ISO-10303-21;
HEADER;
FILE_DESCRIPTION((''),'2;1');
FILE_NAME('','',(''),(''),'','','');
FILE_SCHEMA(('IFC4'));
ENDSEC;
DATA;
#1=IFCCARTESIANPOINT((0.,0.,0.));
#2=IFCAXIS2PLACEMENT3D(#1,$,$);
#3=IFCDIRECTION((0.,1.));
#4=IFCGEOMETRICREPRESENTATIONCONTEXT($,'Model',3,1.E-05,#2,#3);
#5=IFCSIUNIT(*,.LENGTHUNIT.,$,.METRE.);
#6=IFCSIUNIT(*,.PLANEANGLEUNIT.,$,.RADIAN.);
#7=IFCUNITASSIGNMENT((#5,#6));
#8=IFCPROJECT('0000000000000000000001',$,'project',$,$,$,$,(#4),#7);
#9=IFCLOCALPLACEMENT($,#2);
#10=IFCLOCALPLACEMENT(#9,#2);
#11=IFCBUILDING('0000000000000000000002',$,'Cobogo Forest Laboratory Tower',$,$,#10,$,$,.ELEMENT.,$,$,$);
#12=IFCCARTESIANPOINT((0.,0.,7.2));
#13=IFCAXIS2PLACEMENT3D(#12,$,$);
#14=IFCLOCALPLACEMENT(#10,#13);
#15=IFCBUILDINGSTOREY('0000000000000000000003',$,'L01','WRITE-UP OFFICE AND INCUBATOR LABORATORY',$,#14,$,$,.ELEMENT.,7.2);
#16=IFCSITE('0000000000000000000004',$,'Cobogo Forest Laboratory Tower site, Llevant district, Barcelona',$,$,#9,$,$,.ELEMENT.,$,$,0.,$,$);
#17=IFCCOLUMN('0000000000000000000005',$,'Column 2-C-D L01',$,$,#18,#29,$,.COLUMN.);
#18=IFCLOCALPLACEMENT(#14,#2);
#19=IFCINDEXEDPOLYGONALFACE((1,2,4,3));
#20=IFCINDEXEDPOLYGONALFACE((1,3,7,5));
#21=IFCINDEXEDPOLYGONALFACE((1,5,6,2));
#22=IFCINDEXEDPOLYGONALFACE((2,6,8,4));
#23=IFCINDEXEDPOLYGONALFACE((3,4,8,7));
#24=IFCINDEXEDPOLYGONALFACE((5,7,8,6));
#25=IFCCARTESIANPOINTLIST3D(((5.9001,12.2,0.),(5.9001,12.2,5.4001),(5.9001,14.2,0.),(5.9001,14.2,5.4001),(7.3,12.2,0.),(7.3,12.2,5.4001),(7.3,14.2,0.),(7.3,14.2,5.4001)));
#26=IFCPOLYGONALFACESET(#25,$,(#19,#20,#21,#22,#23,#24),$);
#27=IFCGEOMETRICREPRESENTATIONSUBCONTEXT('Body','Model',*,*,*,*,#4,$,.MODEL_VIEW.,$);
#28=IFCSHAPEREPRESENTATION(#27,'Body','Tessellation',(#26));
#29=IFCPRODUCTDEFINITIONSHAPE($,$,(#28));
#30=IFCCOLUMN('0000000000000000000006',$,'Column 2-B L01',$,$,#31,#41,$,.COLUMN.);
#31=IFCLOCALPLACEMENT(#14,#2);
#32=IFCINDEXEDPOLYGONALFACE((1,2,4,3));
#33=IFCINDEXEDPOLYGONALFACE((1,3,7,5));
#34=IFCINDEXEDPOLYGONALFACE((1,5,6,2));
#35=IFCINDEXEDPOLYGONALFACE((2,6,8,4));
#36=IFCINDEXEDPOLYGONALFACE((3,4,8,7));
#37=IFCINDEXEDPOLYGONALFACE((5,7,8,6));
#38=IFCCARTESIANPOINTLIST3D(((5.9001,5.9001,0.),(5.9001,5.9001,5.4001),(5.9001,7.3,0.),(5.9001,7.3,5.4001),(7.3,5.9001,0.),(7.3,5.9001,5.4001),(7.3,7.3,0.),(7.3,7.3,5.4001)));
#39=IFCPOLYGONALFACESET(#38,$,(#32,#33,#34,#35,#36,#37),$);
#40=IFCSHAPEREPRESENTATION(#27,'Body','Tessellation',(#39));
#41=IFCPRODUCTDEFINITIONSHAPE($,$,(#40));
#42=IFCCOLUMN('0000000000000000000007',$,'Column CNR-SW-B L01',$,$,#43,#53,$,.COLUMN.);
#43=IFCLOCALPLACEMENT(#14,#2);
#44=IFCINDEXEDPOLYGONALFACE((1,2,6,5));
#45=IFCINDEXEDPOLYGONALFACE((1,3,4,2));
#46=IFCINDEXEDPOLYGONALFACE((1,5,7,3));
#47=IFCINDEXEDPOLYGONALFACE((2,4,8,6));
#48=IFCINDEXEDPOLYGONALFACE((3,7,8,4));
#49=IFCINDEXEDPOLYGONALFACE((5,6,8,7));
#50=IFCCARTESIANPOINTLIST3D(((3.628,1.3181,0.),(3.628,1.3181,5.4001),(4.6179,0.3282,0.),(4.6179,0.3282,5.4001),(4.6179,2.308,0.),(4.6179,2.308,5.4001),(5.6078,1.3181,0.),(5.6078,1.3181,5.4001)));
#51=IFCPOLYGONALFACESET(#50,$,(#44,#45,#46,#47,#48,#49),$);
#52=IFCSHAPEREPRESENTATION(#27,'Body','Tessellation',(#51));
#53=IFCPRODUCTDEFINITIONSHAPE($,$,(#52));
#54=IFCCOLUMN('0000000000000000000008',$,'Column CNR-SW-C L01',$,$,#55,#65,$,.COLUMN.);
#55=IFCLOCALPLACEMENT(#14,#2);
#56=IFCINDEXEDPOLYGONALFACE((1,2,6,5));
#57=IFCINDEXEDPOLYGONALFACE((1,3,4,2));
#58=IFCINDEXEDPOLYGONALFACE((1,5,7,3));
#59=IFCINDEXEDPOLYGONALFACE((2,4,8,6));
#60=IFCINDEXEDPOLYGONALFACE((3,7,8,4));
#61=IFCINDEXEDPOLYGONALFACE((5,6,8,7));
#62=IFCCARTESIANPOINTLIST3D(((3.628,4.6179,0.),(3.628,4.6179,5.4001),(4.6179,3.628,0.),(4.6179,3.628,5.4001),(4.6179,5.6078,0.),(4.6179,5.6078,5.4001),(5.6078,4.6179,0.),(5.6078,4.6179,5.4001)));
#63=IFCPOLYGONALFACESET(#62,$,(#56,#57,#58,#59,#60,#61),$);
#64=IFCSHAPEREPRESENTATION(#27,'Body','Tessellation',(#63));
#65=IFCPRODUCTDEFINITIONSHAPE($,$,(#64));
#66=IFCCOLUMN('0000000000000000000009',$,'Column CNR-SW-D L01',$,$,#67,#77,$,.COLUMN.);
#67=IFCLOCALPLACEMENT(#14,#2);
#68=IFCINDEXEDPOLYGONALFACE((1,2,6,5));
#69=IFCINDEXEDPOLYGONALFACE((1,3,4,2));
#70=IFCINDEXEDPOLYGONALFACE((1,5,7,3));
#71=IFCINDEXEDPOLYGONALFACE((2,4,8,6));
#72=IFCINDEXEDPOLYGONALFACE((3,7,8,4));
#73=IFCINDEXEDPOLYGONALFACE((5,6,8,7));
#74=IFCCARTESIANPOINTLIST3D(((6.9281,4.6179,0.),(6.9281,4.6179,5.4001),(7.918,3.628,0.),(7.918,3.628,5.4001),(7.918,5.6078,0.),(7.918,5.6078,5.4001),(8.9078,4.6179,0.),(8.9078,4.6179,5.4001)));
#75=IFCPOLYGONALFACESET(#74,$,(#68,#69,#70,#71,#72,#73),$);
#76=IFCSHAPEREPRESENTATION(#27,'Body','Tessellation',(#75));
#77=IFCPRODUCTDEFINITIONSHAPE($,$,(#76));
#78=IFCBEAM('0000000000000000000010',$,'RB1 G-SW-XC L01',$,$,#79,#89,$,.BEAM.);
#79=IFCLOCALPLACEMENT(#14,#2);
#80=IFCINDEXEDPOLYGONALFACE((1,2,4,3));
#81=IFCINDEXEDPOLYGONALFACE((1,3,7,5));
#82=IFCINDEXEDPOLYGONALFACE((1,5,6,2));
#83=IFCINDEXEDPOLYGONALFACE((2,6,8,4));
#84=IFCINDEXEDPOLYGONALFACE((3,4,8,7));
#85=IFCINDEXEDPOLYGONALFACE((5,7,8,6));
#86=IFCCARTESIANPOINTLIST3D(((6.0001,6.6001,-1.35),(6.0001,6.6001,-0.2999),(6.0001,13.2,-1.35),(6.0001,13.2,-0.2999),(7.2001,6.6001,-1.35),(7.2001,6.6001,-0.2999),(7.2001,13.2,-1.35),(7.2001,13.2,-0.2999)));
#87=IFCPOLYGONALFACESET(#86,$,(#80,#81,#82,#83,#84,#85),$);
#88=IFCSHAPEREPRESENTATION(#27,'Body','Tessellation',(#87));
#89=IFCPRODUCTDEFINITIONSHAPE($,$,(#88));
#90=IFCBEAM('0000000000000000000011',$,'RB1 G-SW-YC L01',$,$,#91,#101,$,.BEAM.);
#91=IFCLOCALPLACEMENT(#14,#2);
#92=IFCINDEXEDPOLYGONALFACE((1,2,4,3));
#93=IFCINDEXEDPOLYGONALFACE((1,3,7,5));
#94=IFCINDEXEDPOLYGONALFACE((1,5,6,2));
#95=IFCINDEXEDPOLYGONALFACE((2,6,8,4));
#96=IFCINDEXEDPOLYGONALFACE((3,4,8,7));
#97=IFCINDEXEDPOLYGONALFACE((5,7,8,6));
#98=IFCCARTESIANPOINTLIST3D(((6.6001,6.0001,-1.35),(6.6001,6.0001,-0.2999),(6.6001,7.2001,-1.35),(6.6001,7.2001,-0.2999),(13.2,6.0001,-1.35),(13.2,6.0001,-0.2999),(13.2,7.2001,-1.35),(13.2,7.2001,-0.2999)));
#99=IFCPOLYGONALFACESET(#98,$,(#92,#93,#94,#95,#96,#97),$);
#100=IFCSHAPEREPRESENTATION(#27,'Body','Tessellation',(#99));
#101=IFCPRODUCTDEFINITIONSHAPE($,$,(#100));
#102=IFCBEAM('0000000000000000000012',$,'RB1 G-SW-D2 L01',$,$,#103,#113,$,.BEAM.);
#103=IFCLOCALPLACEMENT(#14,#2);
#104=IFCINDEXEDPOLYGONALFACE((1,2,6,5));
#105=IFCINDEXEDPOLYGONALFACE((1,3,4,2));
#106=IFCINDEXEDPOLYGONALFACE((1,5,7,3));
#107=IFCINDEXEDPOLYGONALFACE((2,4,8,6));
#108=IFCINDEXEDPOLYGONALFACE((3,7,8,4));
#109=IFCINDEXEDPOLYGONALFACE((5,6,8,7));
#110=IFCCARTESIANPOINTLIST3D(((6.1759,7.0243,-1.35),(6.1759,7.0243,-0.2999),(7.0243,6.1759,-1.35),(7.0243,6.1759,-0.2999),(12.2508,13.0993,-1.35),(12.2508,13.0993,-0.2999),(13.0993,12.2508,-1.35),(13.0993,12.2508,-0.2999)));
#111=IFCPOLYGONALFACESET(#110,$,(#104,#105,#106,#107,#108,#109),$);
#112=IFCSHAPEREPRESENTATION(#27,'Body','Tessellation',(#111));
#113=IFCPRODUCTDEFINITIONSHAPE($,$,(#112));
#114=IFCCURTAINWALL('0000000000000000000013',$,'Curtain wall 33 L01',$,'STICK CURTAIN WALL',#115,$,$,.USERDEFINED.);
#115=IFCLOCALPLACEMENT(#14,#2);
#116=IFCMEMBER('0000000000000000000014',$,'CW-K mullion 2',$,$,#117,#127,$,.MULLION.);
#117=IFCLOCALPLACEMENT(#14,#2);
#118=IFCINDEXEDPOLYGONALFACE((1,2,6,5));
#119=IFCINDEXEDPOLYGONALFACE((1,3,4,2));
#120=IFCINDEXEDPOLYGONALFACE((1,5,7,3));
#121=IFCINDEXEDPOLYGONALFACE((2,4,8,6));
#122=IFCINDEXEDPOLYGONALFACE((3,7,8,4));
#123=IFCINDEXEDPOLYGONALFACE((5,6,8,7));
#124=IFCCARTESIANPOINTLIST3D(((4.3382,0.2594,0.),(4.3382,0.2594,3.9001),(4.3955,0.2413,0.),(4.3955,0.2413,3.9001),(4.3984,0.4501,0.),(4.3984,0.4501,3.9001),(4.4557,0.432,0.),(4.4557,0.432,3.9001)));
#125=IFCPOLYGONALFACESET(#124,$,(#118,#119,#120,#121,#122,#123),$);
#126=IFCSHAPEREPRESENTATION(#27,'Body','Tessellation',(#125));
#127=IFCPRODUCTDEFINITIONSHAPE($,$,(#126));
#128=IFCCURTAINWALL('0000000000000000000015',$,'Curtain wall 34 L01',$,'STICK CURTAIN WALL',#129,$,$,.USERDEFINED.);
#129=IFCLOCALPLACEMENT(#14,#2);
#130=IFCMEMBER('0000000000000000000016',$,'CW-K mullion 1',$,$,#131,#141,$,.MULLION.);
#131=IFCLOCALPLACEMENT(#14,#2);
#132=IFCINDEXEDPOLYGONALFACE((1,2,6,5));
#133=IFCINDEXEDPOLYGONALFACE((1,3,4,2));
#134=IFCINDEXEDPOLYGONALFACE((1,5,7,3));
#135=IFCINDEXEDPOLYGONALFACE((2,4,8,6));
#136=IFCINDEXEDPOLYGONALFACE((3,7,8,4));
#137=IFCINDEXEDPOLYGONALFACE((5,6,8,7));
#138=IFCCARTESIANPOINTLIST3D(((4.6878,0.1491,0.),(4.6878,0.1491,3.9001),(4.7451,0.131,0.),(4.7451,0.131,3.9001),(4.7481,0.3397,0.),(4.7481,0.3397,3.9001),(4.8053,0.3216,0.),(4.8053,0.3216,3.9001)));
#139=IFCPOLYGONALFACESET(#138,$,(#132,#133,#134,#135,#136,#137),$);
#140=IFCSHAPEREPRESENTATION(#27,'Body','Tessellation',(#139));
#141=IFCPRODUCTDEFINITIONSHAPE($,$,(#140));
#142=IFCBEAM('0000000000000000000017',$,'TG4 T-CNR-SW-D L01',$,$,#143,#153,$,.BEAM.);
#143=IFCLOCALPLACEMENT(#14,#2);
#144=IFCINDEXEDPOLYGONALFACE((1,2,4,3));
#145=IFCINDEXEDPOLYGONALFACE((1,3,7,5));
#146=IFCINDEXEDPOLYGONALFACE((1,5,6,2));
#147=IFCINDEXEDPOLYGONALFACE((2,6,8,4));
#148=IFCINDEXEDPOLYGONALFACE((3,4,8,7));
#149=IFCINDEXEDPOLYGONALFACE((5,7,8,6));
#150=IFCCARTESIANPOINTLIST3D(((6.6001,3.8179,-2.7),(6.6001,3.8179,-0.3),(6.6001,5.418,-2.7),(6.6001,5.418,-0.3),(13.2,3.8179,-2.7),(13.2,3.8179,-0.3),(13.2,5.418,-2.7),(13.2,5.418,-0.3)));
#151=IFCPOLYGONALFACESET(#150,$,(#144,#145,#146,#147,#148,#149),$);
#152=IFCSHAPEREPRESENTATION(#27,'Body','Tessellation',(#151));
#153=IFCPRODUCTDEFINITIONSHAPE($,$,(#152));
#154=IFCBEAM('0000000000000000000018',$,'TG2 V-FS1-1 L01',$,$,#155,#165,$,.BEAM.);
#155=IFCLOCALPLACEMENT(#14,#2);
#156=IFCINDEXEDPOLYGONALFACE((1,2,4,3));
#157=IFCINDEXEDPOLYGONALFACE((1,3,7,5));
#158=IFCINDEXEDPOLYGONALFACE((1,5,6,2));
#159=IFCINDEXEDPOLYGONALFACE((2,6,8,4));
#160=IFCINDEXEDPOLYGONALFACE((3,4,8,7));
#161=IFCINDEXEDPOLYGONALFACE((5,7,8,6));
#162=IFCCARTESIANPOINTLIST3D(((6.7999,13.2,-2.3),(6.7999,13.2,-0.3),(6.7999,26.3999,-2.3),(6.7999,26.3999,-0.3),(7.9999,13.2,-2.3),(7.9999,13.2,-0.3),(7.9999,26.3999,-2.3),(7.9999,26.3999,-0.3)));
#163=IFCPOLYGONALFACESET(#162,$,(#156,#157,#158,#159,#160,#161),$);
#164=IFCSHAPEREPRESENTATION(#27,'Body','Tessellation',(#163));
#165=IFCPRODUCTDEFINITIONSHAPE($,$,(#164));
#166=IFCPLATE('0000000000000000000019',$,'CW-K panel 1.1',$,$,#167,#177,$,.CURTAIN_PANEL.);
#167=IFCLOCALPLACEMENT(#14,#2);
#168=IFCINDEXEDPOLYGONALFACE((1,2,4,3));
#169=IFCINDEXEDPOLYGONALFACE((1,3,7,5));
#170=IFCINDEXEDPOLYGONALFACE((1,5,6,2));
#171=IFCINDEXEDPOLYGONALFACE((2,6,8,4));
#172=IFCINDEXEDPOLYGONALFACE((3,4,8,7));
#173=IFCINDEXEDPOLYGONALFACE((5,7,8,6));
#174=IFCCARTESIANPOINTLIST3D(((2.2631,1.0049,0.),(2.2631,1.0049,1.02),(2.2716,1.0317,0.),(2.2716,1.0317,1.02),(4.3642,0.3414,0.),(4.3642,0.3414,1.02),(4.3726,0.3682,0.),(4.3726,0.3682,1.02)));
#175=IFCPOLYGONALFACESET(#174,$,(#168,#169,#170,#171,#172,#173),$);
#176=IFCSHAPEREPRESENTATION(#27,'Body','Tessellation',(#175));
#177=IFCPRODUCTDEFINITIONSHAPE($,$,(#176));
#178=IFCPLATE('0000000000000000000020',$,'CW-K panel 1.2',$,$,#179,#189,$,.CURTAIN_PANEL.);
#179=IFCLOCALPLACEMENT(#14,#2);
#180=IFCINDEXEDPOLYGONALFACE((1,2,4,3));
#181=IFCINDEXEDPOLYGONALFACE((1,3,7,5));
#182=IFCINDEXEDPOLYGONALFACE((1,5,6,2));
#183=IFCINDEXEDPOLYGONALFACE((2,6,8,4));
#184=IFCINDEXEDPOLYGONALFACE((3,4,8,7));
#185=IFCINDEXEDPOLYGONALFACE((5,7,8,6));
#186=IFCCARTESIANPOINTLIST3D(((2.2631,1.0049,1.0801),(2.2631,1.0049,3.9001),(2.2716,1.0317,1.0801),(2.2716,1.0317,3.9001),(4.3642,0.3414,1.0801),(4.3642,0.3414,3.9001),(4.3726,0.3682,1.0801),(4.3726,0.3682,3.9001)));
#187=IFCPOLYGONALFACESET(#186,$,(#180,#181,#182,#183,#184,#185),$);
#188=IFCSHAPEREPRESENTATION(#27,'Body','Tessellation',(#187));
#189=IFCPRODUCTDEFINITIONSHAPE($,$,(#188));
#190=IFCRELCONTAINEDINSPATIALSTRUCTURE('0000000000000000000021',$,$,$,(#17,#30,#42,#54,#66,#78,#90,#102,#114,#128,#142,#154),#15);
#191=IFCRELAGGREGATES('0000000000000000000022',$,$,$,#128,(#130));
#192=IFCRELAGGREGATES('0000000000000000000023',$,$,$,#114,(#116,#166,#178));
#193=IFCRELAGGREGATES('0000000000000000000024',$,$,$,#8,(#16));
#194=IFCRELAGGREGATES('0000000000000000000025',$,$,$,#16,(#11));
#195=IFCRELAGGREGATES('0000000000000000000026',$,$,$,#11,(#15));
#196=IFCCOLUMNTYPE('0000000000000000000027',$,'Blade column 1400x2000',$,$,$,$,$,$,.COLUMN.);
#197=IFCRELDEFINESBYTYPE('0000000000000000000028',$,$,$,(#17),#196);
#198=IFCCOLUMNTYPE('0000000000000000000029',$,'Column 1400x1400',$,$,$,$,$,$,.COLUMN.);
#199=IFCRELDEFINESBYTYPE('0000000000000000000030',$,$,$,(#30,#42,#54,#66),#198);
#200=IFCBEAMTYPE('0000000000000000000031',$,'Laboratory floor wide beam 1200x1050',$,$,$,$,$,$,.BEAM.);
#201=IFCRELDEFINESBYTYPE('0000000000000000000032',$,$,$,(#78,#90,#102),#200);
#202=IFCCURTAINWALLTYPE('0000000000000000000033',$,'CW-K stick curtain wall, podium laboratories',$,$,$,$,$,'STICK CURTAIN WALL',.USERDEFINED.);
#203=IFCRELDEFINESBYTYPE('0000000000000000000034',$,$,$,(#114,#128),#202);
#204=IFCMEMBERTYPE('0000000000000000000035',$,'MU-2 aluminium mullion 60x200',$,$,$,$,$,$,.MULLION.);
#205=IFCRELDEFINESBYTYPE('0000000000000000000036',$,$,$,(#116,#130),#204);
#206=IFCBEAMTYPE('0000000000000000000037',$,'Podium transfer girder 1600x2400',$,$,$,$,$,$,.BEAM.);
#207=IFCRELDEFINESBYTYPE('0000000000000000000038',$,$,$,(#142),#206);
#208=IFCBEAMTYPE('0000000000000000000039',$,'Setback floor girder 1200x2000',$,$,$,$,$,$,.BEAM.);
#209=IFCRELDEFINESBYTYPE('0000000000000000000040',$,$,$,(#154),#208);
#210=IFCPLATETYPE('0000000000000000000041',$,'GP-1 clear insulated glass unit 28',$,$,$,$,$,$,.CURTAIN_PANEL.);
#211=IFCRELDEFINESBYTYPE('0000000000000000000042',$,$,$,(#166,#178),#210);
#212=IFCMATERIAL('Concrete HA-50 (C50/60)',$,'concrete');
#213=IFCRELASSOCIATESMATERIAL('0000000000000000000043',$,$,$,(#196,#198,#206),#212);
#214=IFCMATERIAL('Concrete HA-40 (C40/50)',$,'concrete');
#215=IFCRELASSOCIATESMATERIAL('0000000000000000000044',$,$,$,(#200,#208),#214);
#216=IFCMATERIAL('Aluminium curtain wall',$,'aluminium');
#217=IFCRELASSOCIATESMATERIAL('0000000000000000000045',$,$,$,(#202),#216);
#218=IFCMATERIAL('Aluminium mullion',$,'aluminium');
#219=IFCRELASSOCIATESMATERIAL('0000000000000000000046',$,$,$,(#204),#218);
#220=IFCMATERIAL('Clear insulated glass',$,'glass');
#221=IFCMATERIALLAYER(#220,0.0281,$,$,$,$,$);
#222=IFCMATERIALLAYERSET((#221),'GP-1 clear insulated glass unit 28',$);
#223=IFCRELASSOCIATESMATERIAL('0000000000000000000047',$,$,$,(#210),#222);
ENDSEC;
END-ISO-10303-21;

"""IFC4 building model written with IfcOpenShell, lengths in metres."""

from ifc_helpers import new_model, si_unit, direction, frame, origin, origin_2d, place, context, subcontext, project, spatial, rectangle, extrude, material, layer, layer_set, material_profile, profile_set, type_object, element, aggregate, save


model = new_model("IFC4")

# Units and contexts
model_context = context("Model", 3, precision=1e-05, world=origin(), true_north=direction((0.0, 1.0)))
body_context = subcontext(model_context, "Body", "Model", "MODEL_VIEW")
ifc_project = project(units=[si_unit("LENGTHUNIT", "METRE"), si_unit("PLANEANGLEUNIT", "RADIAN")], contexts=[model_context])

# Site, building, storey
site_placement = place(None, origin())
site = spatial("IfcSite", under=ifc_project, at=site_placement, Name="Cobogo Forest Laboratory Tower site, Llevant district, Barcelona", CompositionType="ELEMENT", RefElevation=0.0)
building_placement = place(site_placement, origin())
building = spatial("IfcBuilding", under=site, at=building_placement, Name="Cobogo Forest Laboratory Tower", CompositionType="ELEMENT")
storey_placement = place(building_placement, frame((0.0, 0.0, 7.2)))
storey = spatial("IfcBuildingStorey", under=building, at=storey_placement, Name="L01", Description="WRITE-UP OFFICE AND INCUBATOR LABORATORY", CompositionType="ELEMENT", Elevation=7.2)

# Columns
ifc_material_1 = material(Name="Concrete HA-50 (C50/60)", Category="concrete")
ifc_material_profile_1 = material_profile(ifc_material_1, rectangle(XDim=2.0, YDim=1.3999, at=origin_2d()), Name="RC 1400x2000")
ifc_profile_set_1 = profile_set([ifc_material_profile_1], Name="Concrete HA-50 (C50/60)")
column_type_1 = type_object("IfcColumnType", Name="Blade column 1400x2000", PredefinedType="COLUMN", material=ifc_profile_set_1)
column_placement = place(storey_placement, frame((6.6001, 13.2, 0.0), z_axis=(0.0, 0.0, 1.0), x_axis=(0.0, 1.0, 0.0)))
element("IfcColumn", 1, at=column_placement, inside=storey, type_object=column_type_1, Name="Column 2-C-D L01", PredefinedType="COLUMN", context=body_context, shape_type="SweptSolid", body=[
    extrude(rectangle(XDim=2.0, YDim=1.3999, at=origin_2d()), origin(), (0.0, 0.0, 1.0), 5.4001),
])
ifc_material_profile_2 = material_profile(ifc_material_1, rectangle(XDim=1.3999, YDim=1.3999, at=origin_2d()), Name="RC 1400x1400")
ifc_profile_set_2 = profile_set([ifc_material_profile_2], Name="Concrete HA-50 (C50/60)")
column_type_2 = type_object("IfcColumnType", Name="Column 1400x1400", PredefinedType="COLUMN", material=ifc_profile_set_2)
for number, where, z_axis, x_axis, name in (
    (2, (6.6001, 6.6001, 0.0), (0.0, 0.0, 1.0), (1.0, 0.0, 0.0), "Column 2-B L01"),
    (3, (4.6179, 1.3181, 0.0), (0.0, 0.0, 1.0), (0.707107, 0.707107, 0.0), "Column CNR-SW-B L01"),
    (4, (4.6179, 4.6179, 0.0), (0.0, 0.0, 1.0), (0.707107, 0.707107, 0.0), "Column CNR-SW-C L01"),
    (5, (7.918, 4.6179, 0.0), (0.0, 0.0, 1.0), (0.707107, 0.707107, 0.0), "Column CNR-SW-D L01"),
):
    element("IfcColumn", number, at=place(storey_placement, frame(where, z_axis=z_axis, x_axis=x_axis)), inside=storey, type_object=column_type_2, Name=name, PredefinedType="COLUMN", context=body_context, shape_type="SweptSolid", body=[
        extrude(rectangle(XDim=1.3999, YDim=1.3999, at=origin_2d()), origin(), (0.0, 0.0, 1.0), 5.4001),
    ])

# Beams
ifc_material_2 = material(Name="Concrete HA-40 (C40/50)", Category="concrete")
ifc_material_profile_3 = material_profile(ifc_material_2, rectangle(XDim=1.2, YDim=1.05, at=origin_2d()), Name="RC 1200x1050")
ifc_profile_set_3 = profile_set([ifc_material_profile_3], Name="Concrete HA-40 (C40/50)")
beam_type_1 = type_object("IfcBeamType", Name="Laboratory floor wide beam 1200x1050", PredefinedType="BEAM", material=ifc_profile_set_3)
for number, where, z_axis, x_axis, name in (
    (6, (6.6001, 6.6001, -0.825), (0.0, 1.0, 0.0), (-1.0, 0.0, 0.0), "RB1 G-SW-XC L01"),
    (7, (6.6001, 6.6001, -0.825), (1.0, 0.0, 0.0), (0.0, 1.0, 0.0), "RB1 G-SW-YC L01"),
):
    element("IfcBeam", number, at=place(storey_placement, frame(where, z_axis=z_axis, x_axis=x_axis)), inside=storey, type_object=beam_type_1, Name=name, PredefinedType="BEAM", context=body_context, shape_type="SweptSolid", body=[
        extrude(rectangle(XDim=1.2, YDim=1.05, at=origin_2d()), origin(), (0.0, 0.0, 1.0), 6.5999),
    ])
beam_1_placement = place(storey_placement, frame((6.6001, 6.6001, -0.825), z_axis=(0.707107, 0.707107, 0.0), x_axis=(-0.707107, 0.707107, 0.0)))
element("IfcBeam", 8, at=beam_1_placement, inside=storey, type_object=beam_type_1, Name="RB1 G-SW-D2 L01", PredefinedType="BEAM", context=body_context, shape_type="SweptSolid", body=[
    extrude(rectangle(XDim=1.2, YDim=1.05, at=origin_2d()), origin(), (0.0, 0.0, 1.0), 8.5913),
])

# Curtain walls, members
ifc_material_3 = material(Name="Aluminium curtain wall", Category="aluminium")
curtain_wall_type = type_object("IfcCurtainWallType", Name="CW-K stick curtain wall, podium laboratories", ElementType="STICK CURTAIN WALL", PredefinedType="USERDEFINED", material=ifc_material_3)
curtain_wall_1_placement = place(storey_placement, origin())
curtain_wall_1 = element("IfcCurtainWall", 9, at=curtain_wall_1_placement, inside=storey, type_object=curtain_wall_type, Name="Curtain wall 33 L01", ObjectType="STICK CURTAIN WALL", PredefinedType="USERDEFINED")
ifc_material_4 = material(Name="Aluminium mullion", Category="aluminium")
ifc_material_profile_4 = material_profile(ifc_material_4, rectangle(XDim=0.0601, YDim=0.2, at=origin_2d()), Name="AL 60x200")
ifc_profile_set_4 = profile_set([ifc_material_profile_4], Name="Aluminium mullion")
member_type = type_object("IfcMemberType", Name="MU-2 aluminium mullion 60x200", PredefinedType="MULLION", material=ifc_profile_set_4)
member_1_placement = place(storey_placement, frame((4.397, 0.3457, 0.0), z_axis=(0.0, 0.0, 1.0), x_axis=(0.953581, -0.301135, 0.0)))
member_1 = element("IfcMember", 10, at=member_1_placement, type_object=member_type, Name="CW-K mullion 2", PredefinedType="MULLION", context=body_context, shape_type="SweptSolid", body=[
    extrude(rectangle(XDim=0.0601, YDim=0.2, at=origin_2d()), origin(), (0.0, 0.0, 1.0), 3.9001),
])
curtain_wall_2_placement = place(storey_placement, origin())
curtain_wall_2 = element("IfcCurtainWall", 11, at=curtain_wall_2_placement, inside=storey, type_object=curtain_wall_type, Name="Curtain wall 34 L01", ObjectType="STICK CURTAIN WALL", PredefinedType="USERDEFINED")
member_2_placement = place(storey_placement, frame((4.7466, 0.2354, 0.0), z_axis=(0.0, 0.0, 1.0), x_axis=(0.953581, -0.301135, 0.0)))
member_2 = element("IfcMember", 12, at=member_2_placement, type_object=member_type, Name="CW-K mullion 1", PredefinedType="MULLION", context=body_context, shape_type="SweptSolid", body=[
    extrude(rectangle(XDim=0.0601, YDim=0.2, at=origin_2d()), origin(), (0.0, 0.0, 1.0), 3.9001),
])
aggregate(curtain_wall_2, [member_2])

# Beams
ifc_material_profile_5 = material_profile(ifc_material_1, rectangle(XDim=1.6001, YDim=2.3999, at=origin_2d()), Name="RC 1600x2400")
ifc_profile_set_5 = profile_set([ifc_material_profile_5], Name="Concrete HA-50 (C50/60)")
beam_type_2 = type_object("IfcBeamType", Name="Podium transfer girder 1600x2400", PredefinedType="BEAM", material=ifc_profile_set_5)
beam_2_placement = place(storey_placement, frame((6.6001, 4.6179, -1.5), z_axis=(1.0, 0.0, 0.0), x_axis=(0.0, 1.0, 0.0)))
element("IfcBeam", 13, at=beam_2_placement, inside=storey, type_object=beam_type_2, Name="TG4 T-CNR-SW-D L01", PredefinedType="BEAM", context=body_context, shape_type="SweptSolid", body=[
    extrude(rectangle(XDim=1.6001, YDim=2.3999, at=origin_2d()), origin(), (0.0, 0.0, 1.0), 6.5999),
])
ifc_material_profile_6 = material_profile(ifc_material_2, rectangle(XDim=1.2, YDim=2.0, at=origin_2d()), Name="RC 1200x2000")
ifc_profile_set_6 = profile_set([ifc_material_profile_6], Name="Concrete HA-40 (C40/50)")
beam_type_3 = type_object("IfcBeamType", Name="Setback floor girder 1200x2000", PredefinedType="BEAM", material=ifc_profile_set_6)
beam_3_placement = place(storey_placement, frame((7.3999, 13.2, -1.3), z_axis=(0.0, 1.0, 0.0), x_axis=(-1.0, 0.0, 0.0)))
element("IfcBeam", 14, at=beam_3_placement, inside=storey, type_object=beam_type_3, Name="TG2 V-FS1-1 L01", PredefinedType="BEAM", context=body_context, shape_type="SweptSolid", body=[
    extrude(rectangle(XDim=1.2, YDim=2.0, at=origin_2d()), origin(), (0.0, 0.0, 1.0), 13.2),
])

# Plates
ifc_material_5 = material(Name="Clear insulated glass", Category="glass")
ifc_layer_1 = layer(ifc_material_5, 0.0281)
ifc_layer_set_1 = layer_set([ifc_layer_1], Name="GP-1 clear insulated glass unit 28")
plate_type = type_object("IfcPlateType", Name="GP-1 clear insulated glass unit 28", PredefinedType="CURTAIN_PANEL", material=ifc_layer_set_1)
plate_1_placement = place(storey_placement, frame((3.3179, 0.6865, 0.0), z_axis=(0.0, 0.0, 1.0), x_axis=(0.953581, -0.301135, 0.0)))
plate_1 = element("IfcPlate", 15, at=plate_1_placement, type_object=plate_type, Name="CW-K panel 1.1", PredefinedType="CURTAIN_PANEL", context=body_context, shape_type="SweptSolid", body=[
    extrude(rectangle(XDim=2.2034, YDim=0.0281, at=origin_2d()), origin(), (0.0, 0.0, 1.0), 1.02),
])
plate_2_placement = place(storey_placement, frame((3.3179, 0.6865, 1.0801), z_axis=(0.0, 0.0, 1.0), x_axis=(0.953581, -0.301135, 0.0)))
plate_2 = element("IfcPlate", 16, at=plate_2_placement, type_object=plate_type, Name="CW-K panel 1.2", PredefinedType="CURTAIN_PANEL", context=body_context, shape_type="SweptSolid", body=[
    extrude(rectangle(XDim=2.2034, YDim=0.0281, at=origin_2d()), origin(), (0.0, 0.0, 1.0), 2.8201),
])
aggregate(curtain_wall_1, [member_1, plate_1, plate_2])

save(model, "model.ifc")
